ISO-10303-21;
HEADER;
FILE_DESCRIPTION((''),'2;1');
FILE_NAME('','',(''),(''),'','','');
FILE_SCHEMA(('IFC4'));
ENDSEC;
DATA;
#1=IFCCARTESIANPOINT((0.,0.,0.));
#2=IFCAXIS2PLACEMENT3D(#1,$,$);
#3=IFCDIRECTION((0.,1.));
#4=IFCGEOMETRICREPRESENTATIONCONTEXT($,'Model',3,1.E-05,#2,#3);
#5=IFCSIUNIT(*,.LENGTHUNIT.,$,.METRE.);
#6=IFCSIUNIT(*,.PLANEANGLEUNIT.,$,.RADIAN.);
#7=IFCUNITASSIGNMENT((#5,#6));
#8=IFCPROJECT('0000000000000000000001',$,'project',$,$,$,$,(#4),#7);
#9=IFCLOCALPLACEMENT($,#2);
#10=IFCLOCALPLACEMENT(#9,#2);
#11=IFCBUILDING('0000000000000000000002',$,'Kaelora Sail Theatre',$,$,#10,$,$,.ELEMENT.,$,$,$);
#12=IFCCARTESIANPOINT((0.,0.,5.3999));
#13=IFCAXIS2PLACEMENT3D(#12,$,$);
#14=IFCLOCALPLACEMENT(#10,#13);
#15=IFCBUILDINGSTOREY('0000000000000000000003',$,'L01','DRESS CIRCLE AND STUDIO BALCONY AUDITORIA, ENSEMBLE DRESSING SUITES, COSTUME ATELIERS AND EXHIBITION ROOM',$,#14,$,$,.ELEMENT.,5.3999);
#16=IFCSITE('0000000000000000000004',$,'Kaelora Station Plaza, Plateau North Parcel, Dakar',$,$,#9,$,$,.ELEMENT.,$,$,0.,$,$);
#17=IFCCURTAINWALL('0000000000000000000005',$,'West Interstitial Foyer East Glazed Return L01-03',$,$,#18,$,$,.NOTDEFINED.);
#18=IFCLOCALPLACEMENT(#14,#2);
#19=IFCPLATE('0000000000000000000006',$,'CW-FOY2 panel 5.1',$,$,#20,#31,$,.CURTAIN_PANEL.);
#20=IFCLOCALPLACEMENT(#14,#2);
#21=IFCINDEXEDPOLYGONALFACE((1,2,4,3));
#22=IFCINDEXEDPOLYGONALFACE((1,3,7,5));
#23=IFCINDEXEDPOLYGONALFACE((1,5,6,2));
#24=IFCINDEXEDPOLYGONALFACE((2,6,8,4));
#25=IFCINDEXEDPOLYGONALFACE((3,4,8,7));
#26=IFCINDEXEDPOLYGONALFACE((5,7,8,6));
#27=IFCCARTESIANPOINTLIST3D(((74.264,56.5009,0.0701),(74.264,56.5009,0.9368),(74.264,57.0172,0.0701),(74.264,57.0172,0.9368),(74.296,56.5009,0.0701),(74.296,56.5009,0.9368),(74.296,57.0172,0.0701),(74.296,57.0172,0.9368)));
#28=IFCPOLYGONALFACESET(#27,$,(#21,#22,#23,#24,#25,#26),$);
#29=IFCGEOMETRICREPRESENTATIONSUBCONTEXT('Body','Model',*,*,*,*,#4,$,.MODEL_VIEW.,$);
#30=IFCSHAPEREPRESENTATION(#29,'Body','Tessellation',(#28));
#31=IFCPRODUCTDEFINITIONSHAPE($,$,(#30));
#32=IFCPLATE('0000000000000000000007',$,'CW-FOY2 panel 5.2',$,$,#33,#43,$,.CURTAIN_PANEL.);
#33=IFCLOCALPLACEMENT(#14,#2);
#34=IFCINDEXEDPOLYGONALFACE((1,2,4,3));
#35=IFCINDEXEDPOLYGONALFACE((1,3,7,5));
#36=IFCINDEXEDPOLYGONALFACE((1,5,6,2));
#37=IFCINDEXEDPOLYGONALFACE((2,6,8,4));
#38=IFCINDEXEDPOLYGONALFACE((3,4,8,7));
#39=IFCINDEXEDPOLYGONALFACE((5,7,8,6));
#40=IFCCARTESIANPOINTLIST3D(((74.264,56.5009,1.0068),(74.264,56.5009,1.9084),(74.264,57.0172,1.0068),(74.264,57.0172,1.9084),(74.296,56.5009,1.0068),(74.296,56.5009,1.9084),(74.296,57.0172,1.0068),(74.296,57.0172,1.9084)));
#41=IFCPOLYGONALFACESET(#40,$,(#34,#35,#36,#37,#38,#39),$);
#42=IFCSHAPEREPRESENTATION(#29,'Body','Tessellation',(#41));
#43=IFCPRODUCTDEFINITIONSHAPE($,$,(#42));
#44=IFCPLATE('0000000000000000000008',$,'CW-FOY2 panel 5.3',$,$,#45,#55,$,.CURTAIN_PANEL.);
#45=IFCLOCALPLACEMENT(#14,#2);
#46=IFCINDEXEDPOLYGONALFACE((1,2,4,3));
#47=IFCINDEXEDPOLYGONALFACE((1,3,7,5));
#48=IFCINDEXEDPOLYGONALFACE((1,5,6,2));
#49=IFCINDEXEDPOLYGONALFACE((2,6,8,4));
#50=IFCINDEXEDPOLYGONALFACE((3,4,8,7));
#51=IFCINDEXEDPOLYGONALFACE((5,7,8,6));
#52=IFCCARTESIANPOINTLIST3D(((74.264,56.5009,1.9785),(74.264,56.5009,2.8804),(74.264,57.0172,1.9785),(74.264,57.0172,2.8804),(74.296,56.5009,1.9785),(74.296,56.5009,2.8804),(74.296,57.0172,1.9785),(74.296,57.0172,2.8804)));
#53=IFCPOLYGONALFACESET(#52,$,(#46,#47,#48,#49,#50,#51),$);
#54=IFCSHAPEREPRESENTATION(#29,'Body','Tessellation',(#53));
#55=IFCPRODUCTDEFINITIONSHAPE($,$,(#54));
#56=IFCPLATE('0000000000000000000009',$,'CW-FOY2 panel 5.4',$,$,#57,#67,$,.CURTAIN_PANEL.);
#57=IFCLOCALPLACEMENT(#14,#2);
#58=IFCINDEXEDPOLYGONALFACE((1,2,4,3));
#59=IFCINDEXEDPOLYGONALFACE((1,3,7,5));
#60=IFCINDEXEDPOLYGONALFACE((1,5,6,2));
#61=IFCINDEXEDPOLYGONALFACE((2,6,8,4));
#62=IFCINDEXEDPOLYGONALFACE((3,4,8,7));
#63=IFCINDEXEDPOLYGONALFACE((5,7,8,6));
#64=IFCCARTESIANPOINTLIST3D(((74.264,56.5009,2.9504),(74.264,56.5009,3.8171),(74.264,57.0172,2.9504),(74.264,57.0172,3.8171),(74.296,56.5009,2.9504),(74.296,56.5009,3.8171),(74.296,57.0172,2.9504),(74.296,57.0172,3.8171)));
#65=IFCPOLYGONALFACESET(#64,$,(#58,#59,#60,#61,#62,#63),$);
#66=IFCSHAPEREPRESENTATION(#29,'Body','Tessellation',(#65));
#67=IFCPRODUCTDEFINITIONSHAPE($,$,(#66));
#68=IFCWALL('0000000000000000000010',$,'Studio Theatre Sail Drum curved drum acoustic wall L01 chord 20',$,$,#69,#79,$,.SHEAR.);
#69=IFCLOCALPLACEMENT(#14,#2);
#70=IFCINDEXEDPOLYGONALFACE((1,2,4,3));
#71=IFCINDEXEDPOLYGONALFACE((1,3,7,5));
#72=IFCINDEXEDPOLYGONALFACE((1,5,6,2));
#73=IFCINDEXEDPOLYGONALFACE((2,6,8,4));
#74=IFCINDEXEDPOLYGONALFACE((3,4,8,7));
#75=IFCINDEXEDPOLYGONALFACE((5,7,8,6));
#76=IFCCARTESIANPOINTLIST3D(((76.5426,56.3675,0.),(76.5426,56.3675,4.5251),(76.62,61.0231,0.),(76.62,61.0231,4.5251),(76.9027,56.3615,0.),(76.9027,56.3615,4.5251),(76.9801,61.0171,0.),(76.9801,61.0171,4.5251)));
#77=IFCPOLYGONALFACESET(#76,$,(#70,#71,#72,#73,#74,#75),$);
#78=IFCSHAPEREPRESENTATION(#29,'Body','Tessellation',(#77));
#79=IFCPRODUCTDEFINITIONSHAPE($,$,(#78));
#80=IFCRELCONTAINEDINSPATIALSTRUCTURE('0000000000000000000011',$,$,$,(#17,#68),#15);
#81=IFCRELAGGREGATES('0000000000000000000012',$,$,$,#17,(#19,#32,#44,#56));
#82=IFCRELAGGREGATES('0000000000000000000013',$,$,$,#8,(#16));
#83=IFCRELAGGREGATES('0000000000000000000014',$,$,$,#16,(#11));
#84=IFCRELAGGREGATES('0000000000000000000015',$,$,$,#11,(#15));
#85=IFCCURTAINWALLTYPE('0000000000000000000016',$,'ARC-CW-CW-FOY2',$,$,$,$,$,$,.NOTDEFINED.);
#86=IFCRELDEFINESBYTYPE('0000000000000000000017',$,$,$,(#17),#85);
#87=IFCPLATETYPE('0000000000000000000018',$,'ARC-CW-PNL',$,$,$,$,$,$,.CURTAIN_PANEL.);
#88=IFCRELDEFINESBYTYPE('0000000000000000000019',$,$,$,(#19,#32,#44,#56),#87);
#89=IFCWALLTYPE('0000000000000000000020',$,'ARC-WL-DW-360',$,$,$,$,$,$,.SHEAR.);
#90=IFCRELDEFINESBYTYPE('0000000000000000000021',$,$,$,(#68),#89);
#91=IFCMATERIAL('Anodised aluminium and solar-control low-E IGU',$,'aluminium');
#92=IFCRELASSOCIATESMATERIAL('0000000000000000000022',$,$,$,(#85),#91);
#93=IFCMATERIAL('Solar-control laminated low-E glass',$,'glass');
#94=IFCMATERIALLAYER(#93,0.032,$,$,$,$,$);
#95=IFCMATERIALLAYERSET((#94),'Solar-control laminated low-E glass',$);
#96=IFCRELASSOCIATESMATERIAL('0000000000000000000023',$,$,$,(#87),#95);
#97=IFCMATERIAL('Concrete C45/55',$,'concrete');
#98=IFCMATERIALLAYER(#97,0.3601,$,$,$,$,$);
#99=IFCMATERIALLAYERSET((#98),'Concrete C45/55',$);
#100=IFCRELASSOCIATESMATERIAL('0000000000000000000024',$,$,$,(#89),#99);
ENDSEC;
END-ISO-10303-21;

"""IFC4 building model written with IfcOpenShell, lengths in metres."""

from ifc_helpers import new_model, si_unit, direction, frame, frame_2d, origin, origin_2d, place, context, subcontext, project, spatial, rectangle, extrude, material, layer, layer_set, type_object, element, aggregate, save


model = new_model("IFC4")

# Units and contexts
model_context = context("Model", 3, precision=1e-05, world=origin(), true_north=direction((0.0, 1.0)))
body_context = subcontext(model_context, "Body", "Model", "MODEL_VIEW")
ifc_project = project(units=[si_unit("LENGTHUNIT", "METRE"), si_unit("PLANEANGLEUNIT", "RADIAN")], contexts=[model_context])

# Site, building, storey
site_placement = place(None, origin())
site = spatial("IfcSite", under=ifc_project, at=site_placement, Name="Kaelora Station Plaza, Plateau North Parcel, Dakar", CompositionType="ELEMENT", RefElevation=0.0)
building_placement = place(site_placement, origin())
building = spatial("IfcBuilding", under=site, at=building_placement, Name="Kaelora Sail Theatre", CompositionType="ELEMENT")
storey_placement = place(building_placement, frame((0.0, 0.0, 5.3999)))
storey = spatial("IfcBuildingStorey", under=building, at=storey_placement, Name="L01", Description="DRESS CIRCLE AND STUDIO BALCONY AUDITORIA, ENSEMBLE DRESSING SUITES, COSTUME ATELIERS AND EXHIBITION ROOM", CompositionType="ELEMENT", Elevation=5.3999)

# Curtain wall, plates
ifc_material_1 = material(Name="Anodised aluminium and solar-control low-E IGU", Category="aluminium")
curtain_wall_type = type_object("IfcCurtainWallType", Name="ARC-CW-CW-FOY2", PredefinedType="NOTDEFINED", material=ifc_material_1)
curtain_wall_placement = place(storey_placement, origin())
curtain_wall = element("IfcCurtainWall", 1, at=curtain_wall_placement, inside=storey, type_object=curtain_wall_type, Name="West Interstitial Foyer East Glazed Return L01-03", PredefinedType="NOTDEFINED")
ifc_material_2 = material(Name="Solar-control laminated low-E glass", Category="glass")
ifc_layer_1 = layer(ifc_material_2, 0.032)
ifc_layer_set_1 = layer_set([ifc_layer_1], Name="Solar-control laminated low-E glass")
plate_type = type_object("IfcPlateType", Name="ARC-CW-PNL", PredefinedType="CURTAIN_PANEL", material=ifc_layer_set_1)
plate_1_placement = place(storey_placement, frame((74.28, 56.759, 0.0701), z_axis=(0.0, 0.0, 1.0), x_axis=(0.0, 1.0, 0.0)))
plate_1 = element("IfcPlate", 2, at=plate_1_placement, type_object=plate_type, Name="CW-FOY2 panel 5.1", PredefinedType="CURTAIN_PANEL", context=body_context, shape_type="SweptSolid", body=[
    extrude(rectangle(XDim=0.5164, YDim=0.032, at=origin_2d()), origin(), (0.0, 0.0, 1.0), 0.8667),
])
plate_2_placement = place(storey_placement, frame((74.28, 56.759, 1.0068), z_axis=(0.0, 0.0, 1.0), x_axis=(0.0, 1.0, 0.0)))
plate_2 = element("IfcPlate", 3, at=plate_2_placement, type_object=plate_type, Name="CW-FOY2 panel 5.2", PredefinedType="CURTAIN_PANEL", context=body_context, shape_type="SweptSolid", body=[
    extrude(rectangle(XDim=0.5164, YDim=0.032, at=origin_2d()), origin(), (0.0, 0.0, 1.0), 0.9016),
])
plate_3_placement = place(storey_placement, frame((74.28, 56.759, 1.9785), z_axis=(0.0, 0.0, 1.0), x_axis=(0.0, 1.0, 0.0)))
plate_3 = element("IfcPlate", 4, at=plate_3_placement, type_object=plate_type, Name="CW-FOY2 panel 5.3", PredefinedType="CURTAIN_PANEL", context=body_context, shape_type="SweptSolid", body=[
    extrude(rectangle(XDim=0.5164, YDim=0.032, at=origin_2d()), origin(), (0.0, 0.0, 1.0), 0.9019),
])
plate_4_placement = place(storey_placement, frame((74.28, 56.759, 2.9504), z_axis=(0.0, 0.0, 1.0), x_axis=(0.0, 1.0, 0.0)))
plate_4 = element("IfcPlate", 5, at=plate_4_placement, type_object=plate_type, Name="CW-FOY2 panel 5.4", PredefinedType="CURTAIN_PANEL", context=body_context, shape_type="SweptSolid", body=[
    extrude(rectangle(XDim=0.5164, YDim=0.032, at=origin_2d()), origin(), (0.0, 0.0, 1.0), 0.8667),
])
aggregate(curtain_wall, [plate_1, plate_2, plate_3, plate_4])

# Wall
ifc_material_3 = material(Name="Concrete C45/55", Category="concrete")
ifc_layer_2 = layer(ifc_material_3, 0.3601)
ifc_layer_set_2 = layer_set([ifc_layer_2], Name="Concrete C45/55")
wall_type = type_object("IfcWallType", Name="ARC-WL-DW-360", PredefinedType="SHEAR", material=ifc_layer_set_2)
wall_placement = place(storey_placement, frame((76.7227, 56.3645, 0.0), z_axis=(0.0, 0.0, 1.0), x_axis=(0.016622, 0.999862, 0.0)))
element("IfcWall", 6, at=wall_placement, inside=storey, type_object=wall_type, Name="Studio Theatre Sail Drum curved drum acoustic wall L01 chord 20", PredefinedType="SHEAR", context=body_context, shape_type="SweptSolid", body=[
    extrude(rectangle(XDim=4.6562, YDim=0.3601, at=frame_2d((2.3281, 0.0))), origin(), (0.0, 0.0, 1.0), 4.5251),
])

save(model, "model.ifc")
